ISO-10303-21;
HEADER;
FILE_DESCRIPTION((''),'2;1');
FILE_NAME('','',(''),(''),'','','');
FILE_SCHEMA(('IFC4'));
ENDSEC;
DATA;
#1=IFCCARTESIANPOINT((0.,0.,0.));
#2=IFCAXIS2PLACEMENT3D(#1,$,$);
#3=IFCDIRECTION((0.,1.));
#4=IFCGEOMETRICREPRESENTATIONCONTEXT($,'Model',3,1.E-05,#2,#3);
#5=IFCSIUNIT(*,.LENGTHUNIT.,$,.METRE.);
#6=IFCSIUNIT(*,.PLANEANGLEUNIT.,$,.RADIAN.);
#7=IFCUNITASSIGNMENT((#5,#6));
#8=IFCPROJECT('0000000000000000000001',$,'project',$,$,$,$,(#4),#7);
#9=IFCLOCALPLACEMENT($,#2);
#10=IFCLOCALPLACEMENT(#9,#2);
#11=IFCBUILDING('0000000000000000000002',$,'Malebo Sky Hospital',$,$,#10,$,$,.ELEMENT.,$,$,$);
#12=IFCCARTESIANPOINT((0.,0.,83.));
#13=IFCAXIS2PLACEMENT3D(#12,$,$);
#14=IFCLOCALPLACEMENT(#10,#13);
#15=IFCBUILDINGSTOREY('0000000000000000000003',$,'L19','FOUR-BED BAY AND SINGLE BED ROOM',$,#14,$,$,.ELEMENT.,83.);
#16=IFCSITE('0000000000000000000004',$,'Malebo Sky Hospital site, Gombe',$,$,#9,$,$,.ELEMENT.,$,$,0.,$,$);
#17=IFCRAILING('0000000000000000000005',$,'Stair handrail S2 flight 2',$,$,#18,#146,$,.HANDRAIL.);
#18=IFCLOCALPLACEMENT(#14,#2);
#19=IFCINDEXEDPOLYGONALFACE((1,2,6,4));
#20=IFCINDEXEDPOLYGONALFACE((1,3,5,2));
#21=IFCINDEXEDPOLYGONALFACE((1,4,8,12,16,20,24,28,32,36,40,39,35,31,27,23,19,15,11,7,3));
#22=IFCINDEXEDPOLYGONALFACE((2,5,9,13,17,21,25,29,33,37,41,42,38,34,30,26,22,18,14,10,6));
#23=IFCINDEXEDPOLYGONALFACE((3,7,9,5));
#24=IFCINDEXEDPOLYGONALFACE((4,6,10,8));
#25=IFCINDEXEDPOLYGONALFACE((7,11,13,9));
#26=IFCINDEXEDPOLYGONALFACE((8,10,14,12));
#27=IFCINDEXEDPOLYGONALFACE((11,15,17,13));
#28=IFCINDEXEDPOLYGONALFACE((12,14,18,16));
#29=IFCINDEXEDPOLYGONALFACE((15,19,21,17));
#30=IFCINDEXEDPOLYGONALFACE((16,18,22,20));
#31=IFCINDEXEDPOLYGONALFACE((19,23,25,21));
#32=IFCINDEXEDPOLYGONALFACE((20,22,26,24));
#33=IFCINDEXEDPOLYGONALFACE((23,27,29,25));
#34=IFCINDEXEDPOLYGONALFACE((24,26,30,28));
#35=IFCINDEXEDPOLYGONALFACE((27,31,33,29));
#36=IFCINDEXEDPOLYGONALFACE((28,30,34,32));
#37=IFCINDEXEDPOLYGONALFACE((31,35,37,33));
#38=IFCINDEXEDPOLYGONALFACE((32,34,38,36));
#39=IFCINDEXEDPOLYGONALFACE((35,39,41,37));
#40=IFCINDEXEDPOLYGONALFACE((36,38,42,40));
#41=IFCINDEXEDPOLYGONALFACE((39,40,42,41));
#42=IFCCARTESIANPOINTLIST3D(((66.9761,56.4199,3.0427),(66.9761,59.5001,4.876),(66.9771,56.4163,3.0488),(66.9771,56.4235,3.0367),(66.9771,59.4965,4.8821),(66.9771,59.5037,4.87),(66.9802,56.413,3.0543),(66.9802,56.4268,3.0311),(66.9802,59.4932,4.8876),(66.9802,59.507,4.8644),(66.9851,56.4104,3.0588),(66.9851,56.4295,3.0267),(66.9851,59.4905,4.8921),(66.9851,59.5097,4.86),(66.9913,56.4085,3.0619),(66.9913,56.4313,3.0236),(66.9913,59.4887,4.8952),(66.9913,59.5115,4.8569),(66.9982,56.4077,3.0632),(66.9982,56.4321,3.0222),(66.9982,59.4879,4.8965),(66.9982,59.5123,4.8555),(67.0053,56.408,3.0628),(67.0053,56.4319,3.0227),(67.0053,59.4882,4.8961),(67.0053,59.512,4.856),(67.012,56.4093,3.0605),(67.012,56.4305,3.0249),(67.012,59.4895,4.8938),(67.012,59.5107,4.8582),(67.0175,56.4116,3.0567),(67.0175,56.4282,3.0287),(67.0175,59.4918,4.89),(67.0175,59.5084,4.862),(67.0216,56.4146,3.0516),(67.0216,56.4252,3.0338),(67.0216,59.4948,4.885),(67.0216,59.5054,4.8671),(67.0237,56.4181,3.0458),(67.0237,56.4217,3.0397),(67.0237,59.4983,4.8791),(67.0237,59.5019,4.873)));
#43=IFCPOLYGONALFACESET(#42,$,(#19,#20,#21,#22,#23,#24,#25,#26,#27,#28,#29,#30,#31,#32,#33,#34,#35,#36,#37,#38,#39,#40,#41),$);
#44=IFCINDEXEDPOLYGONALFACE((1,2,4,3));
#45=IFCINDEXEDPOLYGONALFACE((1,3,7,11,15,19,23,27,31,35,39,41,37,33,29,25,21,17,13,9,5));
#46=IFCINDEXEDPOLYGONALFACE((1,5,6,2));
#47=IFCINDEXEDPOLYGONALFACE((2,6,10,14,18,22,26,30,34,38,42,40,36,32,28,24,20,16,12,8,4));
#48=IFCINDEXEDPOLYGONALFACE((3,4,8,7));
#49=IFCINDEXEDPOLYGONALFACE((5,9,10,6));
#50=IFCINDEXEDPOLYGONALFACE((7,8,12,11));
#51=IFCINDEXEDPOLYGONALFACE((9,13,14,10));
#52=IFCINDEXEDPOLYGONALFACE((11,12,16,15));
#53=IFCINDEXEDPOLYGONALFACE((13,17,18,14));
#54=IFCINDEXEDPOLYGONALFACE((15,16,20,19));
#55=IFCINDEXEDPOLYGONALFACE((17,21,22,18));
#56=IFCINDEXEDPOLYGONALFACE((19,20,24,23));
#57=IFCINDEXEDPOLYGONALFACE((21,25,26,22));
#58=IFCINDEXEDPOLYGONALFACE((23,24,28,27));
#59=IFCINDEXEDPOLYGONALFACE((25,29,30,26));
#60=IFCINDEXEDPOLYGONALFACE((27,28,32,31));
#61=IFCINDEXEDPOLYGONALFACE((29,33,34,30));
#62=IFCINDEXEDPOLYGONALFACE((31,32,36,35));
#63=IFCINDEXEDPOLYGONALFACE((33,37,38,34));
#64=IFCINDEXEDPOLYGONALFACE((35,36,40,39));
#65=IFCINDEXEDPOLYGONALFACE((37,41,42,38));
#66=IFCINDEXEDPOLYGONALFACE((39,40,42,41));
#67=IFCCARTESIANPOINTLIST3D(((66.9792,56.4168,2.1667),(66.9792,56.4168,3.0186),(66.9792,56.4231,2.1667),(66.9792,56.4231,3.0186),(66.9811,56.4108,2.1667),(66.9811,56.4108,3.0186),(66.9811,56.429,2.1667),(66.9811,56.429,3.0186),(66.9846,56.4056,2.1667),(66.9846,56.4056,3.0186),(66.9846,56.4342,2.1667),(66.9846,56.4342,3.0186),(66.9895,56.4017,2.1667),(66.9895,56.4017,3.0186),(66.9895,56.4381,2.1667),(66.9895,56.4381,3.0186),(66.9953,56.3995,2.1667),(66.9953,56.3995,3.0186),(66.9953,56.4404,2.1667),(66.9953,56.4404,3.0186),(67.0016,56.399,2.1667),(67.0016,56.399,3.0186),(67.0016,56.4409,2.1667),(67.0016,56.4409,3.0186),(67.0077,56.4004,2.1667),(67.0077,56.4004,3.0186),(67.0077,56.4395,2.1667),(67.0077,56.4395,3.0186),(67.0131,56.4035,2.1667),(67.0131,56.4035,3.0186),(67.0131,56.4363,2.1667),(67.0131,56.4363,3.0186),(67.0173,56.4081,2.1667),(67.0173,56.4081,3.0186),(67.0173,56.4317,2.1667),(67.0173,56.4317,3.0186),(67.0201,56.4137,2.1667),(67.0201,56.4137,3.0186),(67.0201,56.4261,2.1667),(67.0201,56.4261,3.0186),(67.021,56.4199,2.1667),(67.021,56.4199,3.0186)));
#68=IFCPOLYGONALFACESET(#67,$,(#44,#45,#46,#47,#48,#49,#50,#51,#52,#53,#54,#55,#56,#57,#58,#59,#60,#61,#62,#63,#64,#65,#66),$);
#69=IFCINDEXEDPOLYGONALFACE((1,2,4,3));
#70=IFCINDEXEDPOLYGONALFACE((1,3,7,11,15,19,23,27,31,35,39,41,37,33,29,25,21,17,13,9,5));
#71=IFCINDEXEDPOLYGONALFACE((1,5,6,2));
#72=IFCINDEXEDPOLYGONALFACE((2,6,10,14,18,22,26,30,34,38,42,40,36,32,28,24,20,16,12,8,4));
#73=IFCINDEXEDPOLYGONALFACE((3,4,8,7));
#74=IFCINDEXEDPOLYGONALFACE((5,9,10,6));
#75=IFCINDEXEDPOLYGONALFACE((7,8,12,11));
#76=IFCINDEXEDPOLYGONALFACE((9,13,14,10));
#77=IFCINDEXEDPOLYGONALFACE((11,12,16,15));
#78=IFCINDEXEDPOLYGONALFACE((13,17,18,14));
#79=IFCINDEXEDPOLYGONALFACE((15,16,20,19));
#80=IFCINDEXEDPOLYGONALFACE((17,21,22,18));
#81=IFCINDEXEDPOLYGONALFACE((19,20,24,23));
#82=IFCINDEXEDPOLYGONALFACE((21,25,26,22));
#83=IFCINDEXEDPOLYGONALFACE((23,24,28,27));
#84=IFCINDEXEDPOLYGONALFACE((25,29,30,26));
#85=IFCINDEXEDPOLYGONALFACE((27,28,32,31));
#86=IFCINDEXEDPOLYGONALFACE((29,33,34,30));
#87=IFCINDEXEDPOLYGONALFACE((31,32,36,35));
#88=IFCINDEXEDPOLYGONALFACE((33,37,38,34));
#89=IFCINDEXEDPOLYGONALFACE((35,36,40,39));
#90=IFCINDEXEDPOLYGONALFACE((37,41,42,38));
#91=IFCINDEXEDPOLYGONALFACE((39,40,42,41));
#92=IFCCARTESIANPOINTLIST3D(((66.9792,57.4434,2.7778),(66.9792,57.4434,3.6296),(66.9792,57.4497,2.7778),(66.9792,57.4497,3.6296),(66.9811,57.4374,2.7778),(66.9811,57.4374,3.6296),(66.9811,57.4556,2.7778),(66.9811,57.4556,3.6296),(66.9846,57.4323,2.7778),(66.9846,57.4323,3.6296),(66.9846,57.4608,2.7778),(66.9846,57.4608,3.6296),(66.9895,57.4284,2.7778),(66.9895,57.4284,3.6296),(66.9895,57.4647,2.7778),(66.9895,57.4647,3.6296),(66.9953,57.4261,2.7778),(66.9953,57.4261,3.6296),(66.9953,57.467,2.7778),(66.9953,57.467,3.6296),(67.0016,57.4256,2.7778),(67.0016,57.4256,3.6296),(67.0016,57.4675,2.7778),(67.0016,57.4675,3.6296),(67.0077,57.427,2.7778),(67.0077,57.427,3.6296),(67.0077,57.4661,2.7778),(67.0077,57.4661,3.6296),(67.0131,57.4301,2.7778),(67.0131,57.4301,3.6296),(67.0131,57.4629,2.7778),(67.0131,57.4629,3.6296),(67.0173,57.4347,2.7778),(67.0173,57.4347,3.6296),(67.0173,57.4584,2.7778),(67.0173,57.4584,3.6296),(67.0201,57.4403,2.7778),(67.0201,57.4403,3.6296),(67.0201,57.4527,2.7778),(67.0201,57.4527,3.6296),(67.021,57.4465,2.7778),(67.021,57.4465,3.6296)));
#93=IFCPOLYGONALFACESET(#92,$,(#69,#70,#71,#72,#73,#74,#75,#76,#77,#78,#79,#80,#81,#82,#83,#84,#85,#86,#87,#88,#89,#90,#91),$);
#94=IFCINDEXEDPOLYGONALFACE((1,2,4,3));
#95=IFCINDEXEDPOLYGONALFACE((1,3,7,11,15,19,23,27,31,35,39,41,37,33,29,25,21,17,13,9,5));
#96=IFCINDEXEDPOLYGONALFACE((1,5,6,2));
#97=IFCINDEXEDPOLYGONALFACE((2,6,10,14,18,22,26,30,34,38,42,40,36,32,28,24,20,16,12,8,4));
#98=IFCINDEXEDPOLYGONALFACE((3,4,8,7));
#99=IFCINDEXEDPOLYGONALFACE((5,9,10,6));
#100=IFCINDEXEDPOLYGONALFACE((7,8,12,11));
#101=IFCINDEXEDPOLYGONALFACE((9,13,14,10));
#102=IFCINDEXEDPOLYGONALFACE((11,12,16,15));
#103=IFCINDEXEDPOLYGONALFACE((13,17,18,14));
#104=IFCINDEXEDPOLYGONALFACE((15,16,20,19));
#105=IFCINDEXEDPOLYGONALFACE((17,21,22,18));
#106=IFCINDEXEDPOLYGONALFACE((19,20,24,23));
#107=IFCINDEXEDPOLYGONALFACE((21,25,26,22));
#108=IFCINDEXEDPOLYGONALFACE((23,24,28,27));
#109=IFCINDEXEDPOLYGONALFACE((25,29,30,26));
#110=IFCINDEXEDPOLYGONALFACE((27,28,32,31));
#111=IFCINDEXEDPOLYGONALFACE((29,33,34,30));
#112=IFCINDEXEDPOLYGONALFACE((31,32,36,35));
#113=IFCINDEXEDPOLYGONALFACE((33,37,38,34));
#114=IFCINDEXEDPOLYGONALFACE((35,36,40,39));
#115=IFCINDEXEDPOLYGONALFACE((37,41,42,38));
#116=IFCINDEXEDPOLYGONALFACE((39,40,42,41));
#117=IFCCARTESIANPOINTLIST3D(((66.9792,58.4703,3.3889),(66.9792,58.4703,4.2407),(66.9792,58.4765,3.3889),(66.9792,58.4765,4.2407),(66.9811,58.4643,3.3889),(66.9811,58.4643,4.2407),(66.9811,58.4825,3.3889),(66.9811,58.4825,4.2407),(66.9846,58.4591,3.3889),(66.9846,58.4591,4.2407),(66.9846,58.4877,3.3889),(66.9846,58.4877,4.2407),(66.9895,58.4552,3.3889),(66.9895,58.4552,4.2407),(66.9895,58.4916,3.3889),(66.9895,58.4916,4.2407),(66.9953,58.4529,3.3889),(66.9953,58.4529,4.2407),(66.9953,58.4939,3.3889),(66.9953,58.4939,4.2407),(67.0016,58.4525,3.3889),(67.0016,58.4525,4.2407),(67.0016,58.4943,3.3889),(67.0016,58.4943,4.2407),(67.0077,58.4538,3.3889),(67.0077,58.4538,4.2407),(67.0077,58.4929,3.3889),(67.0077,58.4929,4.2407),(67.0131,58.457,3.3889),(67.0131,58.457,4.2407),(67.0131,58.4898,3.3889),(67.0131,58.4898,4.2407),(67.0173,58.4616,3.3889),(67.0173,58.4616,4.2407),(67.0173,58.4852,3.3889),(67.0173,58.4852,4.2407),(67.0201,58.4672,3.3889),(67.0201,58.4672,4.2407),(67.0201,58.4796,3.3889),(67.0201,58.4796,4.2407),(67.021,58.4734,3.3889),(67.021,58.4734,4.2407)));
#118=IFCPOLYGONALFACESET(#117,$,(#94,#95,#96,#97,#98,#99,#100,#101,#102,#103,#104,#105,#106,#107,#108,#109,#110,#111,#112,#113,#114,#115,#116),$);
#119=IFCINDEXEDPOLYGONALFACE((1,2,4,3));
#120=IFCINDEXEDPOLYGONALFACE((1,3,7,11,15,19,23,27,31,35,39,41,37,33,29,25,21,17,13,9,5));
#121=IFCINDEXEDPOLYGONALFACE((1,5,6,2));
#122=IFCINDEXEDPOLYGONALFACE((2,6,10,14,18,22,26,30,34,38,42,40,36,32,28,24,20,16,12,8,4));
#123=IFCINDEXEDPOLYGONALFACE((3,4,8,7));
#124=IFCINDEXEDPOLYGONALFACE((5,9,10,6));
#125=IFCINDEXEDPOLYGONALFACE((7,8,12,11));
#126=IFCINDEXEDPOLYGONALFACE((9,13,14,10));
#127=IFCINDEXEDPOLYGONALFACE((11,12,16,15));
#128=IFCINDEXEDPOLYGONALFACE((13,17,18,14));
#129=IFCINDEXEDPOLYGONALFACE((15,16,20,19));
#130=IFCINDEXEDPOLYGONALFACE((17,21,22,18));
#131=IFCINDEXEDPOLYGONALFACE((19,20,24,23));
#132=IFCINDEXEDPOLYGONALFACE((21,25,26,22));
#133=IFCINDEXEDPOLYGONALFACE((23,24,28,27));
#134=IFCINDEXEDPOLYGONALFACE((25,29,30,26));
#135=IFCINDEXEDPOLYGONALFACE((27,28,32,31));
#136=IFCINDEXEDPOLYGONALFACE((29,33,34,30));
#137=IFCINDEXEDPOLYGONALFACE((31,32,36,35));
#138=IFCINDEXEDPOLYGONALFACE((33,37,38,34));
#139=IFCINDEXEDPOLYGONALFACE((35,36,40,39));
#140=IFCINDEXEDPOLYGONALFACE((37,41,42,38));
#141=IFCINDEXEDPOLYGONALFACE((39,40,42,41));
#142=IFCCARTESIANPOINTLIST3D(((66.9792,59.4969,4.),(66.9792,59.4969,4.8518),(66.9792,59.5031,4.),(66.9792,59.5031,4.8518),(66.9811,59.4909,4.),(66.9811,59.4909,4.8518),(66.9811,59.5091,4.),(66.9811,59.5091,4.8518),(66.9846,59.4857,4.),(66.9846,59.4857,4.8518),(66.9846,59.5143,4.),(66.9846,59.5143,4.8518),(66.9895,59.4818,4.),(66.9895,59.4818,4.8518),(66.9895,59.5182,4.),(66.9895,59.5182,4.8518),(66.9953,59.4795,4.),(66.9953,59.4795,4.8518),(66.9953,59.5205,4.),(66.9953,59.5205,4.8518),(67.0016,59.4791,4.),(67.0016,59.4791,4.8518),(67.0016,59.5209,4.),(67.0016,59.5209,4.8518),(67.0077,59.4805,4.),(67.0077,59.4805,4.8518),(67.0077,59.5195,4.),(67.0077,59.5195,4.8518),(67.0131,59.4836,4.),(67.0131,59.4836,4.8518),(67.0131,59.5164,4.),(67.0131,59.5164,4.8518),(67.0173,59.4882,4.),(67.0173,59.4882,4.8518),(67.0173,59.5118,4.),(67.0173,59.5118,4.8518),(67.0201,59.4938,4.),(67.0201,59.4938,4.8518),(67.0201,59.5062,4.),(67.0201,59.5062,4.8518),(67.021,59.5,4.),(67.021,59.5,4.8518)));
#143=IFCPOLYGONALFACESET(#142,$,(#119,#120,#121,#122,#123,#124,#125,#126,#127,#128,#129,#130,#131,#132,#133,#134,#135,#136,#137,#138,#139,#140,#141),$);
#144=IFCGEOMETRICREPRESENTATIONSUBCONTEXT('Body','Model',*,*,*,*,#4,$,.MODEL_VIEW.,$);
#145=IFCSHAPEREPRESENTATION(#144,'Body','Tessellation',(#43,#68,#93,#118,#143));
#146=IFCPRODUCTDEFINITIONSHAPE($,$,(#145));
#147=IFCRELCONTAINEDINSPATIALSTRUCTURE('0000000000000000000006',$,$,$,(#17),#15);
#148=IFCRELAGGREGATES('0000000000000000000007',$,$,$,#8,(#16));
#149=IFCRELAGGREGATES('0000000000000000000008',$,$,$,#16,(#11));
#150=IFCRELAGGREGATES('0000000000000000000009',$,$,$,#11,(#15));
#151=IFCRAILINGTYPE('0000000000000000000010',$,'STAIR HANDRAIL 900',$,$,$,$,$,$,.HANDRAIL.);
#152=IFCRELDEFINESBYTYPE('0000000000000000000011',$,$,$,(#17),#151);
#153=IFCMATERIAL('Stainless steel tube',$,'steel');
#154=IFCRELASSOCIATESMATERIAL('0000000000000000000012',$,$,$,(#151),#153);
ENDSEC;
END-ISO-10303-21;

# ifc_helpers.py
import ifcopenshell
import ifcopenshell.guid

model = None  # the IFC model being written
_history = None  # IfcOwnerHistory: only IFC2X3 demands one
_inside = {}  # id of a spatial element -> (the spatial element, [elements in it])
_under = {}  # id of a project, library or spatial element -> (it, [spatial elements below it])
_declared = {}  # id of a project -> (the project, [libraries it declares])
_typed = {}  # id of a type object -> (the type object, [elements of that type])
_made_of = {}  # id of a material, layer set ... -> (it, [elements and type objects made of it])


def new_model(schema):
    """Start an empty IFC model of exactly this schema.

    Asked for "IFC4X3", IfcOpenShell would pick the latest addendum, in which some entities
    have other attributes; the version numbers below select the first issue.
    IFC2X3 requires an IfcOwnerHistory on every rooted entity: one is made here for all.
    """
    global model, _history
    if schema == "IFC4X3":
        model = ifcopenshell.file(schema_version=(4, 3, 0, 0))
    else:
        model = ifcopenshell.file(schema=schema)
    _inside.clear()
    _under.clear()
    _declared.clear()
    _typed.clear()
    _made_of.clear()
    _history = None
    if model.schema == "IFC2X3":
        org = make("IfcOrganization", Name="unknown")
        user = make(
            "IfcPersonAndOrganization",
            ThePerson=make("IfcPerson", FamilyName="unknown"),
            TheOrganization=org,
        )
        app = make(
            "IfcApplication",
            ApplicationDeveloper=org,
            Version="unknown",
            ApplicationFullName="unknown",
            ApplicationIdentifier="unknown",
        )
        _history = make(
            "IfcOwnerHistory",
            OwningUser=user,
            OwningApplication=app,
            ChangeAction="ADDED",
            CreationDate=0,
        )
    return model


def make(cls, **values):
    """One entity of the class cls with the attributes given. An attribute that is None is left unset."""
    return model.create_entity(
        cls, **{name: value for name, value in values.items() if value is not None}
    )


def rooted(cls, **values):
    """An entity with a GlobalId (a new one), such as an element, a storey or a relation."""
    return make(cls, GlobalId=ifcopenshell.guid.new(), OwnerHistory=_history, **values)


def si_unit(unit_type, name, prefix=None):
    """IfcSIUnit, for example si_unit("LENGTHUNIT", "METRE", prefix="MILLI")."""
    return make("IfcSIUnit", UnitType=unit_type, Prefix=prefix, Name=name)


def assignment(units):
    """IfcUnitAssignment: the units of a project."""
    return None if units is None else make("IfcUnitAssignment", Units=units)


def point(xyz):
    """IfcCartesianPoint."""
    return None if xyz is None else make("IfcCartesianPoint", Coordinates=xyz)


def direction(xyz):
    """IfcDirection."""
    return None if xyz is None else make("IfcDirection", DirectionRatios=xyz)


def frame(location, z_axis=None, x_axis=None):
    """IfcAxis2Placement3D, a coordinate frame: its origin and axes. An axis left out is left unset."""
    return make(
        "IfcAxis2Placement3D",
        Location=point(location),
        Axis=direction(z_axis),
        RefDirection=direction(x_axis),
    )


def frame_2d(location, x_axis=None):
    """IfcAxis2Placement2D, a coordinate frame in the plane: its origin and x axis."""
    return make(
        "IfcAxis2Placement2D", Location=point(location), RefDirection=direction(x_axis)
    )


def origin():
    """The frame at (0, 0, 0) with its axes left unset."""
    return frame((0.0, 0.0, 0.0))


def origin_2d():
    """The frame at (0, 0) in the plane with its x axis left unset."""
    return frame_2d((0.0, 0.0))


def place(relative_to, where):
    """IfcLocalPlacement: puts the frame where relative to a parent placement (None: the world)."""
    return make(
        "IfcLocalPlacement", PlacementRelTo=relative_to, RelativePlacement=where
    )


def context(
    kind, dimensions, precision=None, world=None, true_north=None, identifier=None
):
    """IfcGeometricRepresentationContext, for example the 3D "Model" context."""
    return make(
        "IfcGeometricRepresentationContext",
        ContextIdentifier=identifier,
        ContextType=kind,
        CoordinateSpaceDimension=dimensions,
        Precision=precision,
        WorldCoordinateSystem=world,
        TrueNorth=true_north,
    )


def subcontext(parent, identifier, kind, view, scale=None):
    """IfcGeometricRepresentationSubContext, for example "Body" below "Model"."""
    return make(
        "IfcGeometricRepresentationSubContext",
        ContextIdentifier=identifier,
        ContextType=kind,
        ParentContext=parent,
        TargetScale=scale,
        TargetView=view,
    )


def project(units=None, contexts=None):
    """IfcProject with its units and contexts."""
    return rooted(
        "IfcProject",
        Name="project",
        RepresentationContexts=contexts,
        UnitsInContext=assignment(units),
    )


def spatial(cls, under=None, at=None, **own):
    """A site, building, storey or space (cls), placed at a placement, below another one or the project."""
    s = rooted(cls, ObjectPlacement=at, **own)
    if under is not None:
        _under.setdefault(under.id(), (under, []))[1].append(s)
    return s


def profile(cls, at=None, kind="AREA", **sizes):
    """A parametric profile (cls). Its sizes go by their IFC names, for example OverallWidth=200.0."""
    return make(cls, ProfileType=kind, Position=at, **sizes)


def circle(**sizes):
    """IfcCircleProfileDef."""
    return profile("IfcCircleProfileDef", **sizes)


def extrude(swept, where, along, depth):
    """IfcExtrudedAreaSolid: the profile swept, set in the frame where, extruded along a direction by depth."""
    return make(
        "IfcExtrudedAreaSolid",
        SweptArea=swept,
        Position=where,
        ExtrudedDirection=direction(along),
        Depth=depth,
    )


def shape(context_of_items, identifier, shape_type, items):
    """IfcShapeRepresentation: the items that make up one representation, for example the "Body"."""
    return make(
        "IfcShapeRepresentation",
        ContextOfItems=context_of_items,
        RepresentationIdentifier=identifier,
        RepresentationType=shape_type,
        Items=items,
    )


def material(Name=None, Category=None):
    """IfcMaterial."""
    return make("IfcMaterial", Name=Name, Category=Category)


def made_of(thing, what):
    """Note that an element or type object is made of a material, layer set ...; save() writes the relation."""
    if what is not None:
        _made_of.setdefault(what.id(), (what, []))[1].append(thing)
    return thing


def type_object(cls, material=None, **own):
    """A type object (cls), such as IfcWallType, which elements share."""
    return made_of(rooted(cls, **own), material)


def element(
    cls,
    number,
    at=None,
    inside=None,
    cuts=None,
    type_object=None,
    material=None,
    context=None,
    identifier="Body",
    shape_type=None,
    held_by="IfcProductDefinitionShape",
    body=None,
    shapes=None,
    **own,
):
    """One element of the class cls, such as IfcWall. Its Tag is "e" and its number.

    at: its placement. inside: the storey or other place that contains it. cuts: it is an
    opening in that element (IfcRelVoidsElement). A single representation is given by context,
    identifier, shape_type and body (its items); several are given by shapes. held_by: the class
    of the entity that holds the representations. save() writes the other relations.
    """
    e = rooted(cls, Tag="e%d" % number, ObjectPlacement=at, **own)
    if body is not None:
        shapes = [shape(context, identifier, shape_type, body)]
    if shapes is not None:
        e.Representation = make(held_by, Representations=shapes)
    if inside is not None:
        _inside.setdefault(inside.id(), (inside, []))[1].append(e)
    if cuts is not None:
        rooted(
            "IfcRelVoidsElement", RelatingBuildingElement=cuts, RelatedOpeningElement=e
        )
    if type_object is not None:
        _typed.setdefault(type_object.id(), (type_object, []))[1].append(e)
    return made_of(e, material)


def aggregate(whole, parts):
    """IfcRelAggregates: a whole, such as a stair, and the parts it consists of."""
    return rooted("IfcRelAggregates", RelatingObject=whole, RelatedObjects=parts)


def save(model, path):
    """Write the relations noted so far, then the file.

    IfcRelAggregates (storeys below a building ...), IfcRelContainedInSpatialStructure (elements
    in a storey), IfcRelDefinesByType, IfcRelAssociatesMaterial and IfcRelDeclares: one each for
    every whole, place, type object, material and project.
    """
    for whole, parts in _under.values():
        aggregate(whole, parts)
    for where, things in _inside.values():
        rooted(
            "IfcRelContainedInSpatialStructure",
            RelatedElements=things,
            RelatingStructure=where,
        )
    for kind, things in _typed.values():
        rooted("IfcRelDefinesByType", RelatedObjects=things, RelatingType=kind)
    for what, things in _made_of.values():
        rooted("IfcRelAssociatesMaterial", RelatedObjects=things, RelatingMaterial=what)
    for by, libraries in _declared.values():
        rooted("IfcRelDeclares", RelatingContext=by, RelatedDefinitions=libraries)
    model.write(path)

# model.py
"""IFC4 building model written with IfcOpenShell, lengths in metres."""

from ifc_helpers import new_model, si_unit, direction, frame, origin, origin_2d, place, context, subcontext, project, spatial, circle, extrude, material, type_object, element, save


model = new_model("IFC4")

# Units and contexts
model_context = context("Model", 3, precision=1e-05, world=origin(), true_north=direction((0.0, 1.0)))
body_context = subcontext(model_context, "Body", "Model", "MODEL_VIEW")
ifc_project = project(units=[si_unit("LENGTHUNIT", "METRE"), si_unit("PLANEANGLEUNIT", "RADIAN")], contexts=[model_context])

# Site, building, storey
site_placement = place(None, origin())
site = spatial("IfcSite", under=ifc_project, at=site_placement, Name="Malebo Sky Hospital site, Gombe", CompositionType="ELEMENT", RefElevation=0.0)
building_placement = place(site_placement, origin())
building = spatial("IfcBuilding", under=site, at=building_placement, Name="Malebo Sky Hospital", CompositionType="ELEMENT")
storey_placement = place(building_placement, frame((0.0, 0.0, 83.0)))
storey = spatial("IfcBuildingStorey", under=building, at=storey_placement, Name="L19", Description="FOUR-BED BAY AND SINGLE BED ROOM", CompositionType="ELEMENT", Elevation=83.0)

# Railing
ifc_material_1 = material(Name="Stainless steel tube", Category="steel")
railing_type = type_object("IfcRailingType", Name="STAIR HANDRAIL 900", PredefinedType="HANDRAIL", material=ifc_material_1)
railing_1_placement = place(storey_placement, frame((67.0, 56.4199, 2.1667)))
element("IfcRailing", 1, at=railing_1_placement, inside=storey, type_object=railing_type, Name="Stair handrail S2 flight 2", PredefinedType="HANDRAIL", context=body_context, shape_type="SweptSolid", body=[
    extrude(circle(Radius=0.0239, at=origin_2d()), frame((0.0, 0.0, 0.876), z_axis=(0.0, 0.859309, 0.511458), x_axis=(-1.0, 0.0, 0.0)), (0.0, 0.0, 1.0), 3.5845),
    extrude(circle(Radius=0.021, at=origin_2d()), origin(), (0.0, 0.0, 1.0), 0.8518),
    extrude(circle(Radius=0.021, at=origin_2d()), frame((0.0, 1.0266, 0.6111)), (0.0, 0.0, 1.0), 0.8518),
    extrude(circle(Radius=0.021, at=origin_2d()), frame((0.0, 2.0535, 1.2222)), (0.0, 0.0, 1.0), 0.8518),
    extrude(circle(Radius=0.021, at=origin_2d()), frame((0.0, 3.0801, 1.8333)), (0.0, 0.0, 1.0), 0.8518),
])

save(model, "model.ifc")
